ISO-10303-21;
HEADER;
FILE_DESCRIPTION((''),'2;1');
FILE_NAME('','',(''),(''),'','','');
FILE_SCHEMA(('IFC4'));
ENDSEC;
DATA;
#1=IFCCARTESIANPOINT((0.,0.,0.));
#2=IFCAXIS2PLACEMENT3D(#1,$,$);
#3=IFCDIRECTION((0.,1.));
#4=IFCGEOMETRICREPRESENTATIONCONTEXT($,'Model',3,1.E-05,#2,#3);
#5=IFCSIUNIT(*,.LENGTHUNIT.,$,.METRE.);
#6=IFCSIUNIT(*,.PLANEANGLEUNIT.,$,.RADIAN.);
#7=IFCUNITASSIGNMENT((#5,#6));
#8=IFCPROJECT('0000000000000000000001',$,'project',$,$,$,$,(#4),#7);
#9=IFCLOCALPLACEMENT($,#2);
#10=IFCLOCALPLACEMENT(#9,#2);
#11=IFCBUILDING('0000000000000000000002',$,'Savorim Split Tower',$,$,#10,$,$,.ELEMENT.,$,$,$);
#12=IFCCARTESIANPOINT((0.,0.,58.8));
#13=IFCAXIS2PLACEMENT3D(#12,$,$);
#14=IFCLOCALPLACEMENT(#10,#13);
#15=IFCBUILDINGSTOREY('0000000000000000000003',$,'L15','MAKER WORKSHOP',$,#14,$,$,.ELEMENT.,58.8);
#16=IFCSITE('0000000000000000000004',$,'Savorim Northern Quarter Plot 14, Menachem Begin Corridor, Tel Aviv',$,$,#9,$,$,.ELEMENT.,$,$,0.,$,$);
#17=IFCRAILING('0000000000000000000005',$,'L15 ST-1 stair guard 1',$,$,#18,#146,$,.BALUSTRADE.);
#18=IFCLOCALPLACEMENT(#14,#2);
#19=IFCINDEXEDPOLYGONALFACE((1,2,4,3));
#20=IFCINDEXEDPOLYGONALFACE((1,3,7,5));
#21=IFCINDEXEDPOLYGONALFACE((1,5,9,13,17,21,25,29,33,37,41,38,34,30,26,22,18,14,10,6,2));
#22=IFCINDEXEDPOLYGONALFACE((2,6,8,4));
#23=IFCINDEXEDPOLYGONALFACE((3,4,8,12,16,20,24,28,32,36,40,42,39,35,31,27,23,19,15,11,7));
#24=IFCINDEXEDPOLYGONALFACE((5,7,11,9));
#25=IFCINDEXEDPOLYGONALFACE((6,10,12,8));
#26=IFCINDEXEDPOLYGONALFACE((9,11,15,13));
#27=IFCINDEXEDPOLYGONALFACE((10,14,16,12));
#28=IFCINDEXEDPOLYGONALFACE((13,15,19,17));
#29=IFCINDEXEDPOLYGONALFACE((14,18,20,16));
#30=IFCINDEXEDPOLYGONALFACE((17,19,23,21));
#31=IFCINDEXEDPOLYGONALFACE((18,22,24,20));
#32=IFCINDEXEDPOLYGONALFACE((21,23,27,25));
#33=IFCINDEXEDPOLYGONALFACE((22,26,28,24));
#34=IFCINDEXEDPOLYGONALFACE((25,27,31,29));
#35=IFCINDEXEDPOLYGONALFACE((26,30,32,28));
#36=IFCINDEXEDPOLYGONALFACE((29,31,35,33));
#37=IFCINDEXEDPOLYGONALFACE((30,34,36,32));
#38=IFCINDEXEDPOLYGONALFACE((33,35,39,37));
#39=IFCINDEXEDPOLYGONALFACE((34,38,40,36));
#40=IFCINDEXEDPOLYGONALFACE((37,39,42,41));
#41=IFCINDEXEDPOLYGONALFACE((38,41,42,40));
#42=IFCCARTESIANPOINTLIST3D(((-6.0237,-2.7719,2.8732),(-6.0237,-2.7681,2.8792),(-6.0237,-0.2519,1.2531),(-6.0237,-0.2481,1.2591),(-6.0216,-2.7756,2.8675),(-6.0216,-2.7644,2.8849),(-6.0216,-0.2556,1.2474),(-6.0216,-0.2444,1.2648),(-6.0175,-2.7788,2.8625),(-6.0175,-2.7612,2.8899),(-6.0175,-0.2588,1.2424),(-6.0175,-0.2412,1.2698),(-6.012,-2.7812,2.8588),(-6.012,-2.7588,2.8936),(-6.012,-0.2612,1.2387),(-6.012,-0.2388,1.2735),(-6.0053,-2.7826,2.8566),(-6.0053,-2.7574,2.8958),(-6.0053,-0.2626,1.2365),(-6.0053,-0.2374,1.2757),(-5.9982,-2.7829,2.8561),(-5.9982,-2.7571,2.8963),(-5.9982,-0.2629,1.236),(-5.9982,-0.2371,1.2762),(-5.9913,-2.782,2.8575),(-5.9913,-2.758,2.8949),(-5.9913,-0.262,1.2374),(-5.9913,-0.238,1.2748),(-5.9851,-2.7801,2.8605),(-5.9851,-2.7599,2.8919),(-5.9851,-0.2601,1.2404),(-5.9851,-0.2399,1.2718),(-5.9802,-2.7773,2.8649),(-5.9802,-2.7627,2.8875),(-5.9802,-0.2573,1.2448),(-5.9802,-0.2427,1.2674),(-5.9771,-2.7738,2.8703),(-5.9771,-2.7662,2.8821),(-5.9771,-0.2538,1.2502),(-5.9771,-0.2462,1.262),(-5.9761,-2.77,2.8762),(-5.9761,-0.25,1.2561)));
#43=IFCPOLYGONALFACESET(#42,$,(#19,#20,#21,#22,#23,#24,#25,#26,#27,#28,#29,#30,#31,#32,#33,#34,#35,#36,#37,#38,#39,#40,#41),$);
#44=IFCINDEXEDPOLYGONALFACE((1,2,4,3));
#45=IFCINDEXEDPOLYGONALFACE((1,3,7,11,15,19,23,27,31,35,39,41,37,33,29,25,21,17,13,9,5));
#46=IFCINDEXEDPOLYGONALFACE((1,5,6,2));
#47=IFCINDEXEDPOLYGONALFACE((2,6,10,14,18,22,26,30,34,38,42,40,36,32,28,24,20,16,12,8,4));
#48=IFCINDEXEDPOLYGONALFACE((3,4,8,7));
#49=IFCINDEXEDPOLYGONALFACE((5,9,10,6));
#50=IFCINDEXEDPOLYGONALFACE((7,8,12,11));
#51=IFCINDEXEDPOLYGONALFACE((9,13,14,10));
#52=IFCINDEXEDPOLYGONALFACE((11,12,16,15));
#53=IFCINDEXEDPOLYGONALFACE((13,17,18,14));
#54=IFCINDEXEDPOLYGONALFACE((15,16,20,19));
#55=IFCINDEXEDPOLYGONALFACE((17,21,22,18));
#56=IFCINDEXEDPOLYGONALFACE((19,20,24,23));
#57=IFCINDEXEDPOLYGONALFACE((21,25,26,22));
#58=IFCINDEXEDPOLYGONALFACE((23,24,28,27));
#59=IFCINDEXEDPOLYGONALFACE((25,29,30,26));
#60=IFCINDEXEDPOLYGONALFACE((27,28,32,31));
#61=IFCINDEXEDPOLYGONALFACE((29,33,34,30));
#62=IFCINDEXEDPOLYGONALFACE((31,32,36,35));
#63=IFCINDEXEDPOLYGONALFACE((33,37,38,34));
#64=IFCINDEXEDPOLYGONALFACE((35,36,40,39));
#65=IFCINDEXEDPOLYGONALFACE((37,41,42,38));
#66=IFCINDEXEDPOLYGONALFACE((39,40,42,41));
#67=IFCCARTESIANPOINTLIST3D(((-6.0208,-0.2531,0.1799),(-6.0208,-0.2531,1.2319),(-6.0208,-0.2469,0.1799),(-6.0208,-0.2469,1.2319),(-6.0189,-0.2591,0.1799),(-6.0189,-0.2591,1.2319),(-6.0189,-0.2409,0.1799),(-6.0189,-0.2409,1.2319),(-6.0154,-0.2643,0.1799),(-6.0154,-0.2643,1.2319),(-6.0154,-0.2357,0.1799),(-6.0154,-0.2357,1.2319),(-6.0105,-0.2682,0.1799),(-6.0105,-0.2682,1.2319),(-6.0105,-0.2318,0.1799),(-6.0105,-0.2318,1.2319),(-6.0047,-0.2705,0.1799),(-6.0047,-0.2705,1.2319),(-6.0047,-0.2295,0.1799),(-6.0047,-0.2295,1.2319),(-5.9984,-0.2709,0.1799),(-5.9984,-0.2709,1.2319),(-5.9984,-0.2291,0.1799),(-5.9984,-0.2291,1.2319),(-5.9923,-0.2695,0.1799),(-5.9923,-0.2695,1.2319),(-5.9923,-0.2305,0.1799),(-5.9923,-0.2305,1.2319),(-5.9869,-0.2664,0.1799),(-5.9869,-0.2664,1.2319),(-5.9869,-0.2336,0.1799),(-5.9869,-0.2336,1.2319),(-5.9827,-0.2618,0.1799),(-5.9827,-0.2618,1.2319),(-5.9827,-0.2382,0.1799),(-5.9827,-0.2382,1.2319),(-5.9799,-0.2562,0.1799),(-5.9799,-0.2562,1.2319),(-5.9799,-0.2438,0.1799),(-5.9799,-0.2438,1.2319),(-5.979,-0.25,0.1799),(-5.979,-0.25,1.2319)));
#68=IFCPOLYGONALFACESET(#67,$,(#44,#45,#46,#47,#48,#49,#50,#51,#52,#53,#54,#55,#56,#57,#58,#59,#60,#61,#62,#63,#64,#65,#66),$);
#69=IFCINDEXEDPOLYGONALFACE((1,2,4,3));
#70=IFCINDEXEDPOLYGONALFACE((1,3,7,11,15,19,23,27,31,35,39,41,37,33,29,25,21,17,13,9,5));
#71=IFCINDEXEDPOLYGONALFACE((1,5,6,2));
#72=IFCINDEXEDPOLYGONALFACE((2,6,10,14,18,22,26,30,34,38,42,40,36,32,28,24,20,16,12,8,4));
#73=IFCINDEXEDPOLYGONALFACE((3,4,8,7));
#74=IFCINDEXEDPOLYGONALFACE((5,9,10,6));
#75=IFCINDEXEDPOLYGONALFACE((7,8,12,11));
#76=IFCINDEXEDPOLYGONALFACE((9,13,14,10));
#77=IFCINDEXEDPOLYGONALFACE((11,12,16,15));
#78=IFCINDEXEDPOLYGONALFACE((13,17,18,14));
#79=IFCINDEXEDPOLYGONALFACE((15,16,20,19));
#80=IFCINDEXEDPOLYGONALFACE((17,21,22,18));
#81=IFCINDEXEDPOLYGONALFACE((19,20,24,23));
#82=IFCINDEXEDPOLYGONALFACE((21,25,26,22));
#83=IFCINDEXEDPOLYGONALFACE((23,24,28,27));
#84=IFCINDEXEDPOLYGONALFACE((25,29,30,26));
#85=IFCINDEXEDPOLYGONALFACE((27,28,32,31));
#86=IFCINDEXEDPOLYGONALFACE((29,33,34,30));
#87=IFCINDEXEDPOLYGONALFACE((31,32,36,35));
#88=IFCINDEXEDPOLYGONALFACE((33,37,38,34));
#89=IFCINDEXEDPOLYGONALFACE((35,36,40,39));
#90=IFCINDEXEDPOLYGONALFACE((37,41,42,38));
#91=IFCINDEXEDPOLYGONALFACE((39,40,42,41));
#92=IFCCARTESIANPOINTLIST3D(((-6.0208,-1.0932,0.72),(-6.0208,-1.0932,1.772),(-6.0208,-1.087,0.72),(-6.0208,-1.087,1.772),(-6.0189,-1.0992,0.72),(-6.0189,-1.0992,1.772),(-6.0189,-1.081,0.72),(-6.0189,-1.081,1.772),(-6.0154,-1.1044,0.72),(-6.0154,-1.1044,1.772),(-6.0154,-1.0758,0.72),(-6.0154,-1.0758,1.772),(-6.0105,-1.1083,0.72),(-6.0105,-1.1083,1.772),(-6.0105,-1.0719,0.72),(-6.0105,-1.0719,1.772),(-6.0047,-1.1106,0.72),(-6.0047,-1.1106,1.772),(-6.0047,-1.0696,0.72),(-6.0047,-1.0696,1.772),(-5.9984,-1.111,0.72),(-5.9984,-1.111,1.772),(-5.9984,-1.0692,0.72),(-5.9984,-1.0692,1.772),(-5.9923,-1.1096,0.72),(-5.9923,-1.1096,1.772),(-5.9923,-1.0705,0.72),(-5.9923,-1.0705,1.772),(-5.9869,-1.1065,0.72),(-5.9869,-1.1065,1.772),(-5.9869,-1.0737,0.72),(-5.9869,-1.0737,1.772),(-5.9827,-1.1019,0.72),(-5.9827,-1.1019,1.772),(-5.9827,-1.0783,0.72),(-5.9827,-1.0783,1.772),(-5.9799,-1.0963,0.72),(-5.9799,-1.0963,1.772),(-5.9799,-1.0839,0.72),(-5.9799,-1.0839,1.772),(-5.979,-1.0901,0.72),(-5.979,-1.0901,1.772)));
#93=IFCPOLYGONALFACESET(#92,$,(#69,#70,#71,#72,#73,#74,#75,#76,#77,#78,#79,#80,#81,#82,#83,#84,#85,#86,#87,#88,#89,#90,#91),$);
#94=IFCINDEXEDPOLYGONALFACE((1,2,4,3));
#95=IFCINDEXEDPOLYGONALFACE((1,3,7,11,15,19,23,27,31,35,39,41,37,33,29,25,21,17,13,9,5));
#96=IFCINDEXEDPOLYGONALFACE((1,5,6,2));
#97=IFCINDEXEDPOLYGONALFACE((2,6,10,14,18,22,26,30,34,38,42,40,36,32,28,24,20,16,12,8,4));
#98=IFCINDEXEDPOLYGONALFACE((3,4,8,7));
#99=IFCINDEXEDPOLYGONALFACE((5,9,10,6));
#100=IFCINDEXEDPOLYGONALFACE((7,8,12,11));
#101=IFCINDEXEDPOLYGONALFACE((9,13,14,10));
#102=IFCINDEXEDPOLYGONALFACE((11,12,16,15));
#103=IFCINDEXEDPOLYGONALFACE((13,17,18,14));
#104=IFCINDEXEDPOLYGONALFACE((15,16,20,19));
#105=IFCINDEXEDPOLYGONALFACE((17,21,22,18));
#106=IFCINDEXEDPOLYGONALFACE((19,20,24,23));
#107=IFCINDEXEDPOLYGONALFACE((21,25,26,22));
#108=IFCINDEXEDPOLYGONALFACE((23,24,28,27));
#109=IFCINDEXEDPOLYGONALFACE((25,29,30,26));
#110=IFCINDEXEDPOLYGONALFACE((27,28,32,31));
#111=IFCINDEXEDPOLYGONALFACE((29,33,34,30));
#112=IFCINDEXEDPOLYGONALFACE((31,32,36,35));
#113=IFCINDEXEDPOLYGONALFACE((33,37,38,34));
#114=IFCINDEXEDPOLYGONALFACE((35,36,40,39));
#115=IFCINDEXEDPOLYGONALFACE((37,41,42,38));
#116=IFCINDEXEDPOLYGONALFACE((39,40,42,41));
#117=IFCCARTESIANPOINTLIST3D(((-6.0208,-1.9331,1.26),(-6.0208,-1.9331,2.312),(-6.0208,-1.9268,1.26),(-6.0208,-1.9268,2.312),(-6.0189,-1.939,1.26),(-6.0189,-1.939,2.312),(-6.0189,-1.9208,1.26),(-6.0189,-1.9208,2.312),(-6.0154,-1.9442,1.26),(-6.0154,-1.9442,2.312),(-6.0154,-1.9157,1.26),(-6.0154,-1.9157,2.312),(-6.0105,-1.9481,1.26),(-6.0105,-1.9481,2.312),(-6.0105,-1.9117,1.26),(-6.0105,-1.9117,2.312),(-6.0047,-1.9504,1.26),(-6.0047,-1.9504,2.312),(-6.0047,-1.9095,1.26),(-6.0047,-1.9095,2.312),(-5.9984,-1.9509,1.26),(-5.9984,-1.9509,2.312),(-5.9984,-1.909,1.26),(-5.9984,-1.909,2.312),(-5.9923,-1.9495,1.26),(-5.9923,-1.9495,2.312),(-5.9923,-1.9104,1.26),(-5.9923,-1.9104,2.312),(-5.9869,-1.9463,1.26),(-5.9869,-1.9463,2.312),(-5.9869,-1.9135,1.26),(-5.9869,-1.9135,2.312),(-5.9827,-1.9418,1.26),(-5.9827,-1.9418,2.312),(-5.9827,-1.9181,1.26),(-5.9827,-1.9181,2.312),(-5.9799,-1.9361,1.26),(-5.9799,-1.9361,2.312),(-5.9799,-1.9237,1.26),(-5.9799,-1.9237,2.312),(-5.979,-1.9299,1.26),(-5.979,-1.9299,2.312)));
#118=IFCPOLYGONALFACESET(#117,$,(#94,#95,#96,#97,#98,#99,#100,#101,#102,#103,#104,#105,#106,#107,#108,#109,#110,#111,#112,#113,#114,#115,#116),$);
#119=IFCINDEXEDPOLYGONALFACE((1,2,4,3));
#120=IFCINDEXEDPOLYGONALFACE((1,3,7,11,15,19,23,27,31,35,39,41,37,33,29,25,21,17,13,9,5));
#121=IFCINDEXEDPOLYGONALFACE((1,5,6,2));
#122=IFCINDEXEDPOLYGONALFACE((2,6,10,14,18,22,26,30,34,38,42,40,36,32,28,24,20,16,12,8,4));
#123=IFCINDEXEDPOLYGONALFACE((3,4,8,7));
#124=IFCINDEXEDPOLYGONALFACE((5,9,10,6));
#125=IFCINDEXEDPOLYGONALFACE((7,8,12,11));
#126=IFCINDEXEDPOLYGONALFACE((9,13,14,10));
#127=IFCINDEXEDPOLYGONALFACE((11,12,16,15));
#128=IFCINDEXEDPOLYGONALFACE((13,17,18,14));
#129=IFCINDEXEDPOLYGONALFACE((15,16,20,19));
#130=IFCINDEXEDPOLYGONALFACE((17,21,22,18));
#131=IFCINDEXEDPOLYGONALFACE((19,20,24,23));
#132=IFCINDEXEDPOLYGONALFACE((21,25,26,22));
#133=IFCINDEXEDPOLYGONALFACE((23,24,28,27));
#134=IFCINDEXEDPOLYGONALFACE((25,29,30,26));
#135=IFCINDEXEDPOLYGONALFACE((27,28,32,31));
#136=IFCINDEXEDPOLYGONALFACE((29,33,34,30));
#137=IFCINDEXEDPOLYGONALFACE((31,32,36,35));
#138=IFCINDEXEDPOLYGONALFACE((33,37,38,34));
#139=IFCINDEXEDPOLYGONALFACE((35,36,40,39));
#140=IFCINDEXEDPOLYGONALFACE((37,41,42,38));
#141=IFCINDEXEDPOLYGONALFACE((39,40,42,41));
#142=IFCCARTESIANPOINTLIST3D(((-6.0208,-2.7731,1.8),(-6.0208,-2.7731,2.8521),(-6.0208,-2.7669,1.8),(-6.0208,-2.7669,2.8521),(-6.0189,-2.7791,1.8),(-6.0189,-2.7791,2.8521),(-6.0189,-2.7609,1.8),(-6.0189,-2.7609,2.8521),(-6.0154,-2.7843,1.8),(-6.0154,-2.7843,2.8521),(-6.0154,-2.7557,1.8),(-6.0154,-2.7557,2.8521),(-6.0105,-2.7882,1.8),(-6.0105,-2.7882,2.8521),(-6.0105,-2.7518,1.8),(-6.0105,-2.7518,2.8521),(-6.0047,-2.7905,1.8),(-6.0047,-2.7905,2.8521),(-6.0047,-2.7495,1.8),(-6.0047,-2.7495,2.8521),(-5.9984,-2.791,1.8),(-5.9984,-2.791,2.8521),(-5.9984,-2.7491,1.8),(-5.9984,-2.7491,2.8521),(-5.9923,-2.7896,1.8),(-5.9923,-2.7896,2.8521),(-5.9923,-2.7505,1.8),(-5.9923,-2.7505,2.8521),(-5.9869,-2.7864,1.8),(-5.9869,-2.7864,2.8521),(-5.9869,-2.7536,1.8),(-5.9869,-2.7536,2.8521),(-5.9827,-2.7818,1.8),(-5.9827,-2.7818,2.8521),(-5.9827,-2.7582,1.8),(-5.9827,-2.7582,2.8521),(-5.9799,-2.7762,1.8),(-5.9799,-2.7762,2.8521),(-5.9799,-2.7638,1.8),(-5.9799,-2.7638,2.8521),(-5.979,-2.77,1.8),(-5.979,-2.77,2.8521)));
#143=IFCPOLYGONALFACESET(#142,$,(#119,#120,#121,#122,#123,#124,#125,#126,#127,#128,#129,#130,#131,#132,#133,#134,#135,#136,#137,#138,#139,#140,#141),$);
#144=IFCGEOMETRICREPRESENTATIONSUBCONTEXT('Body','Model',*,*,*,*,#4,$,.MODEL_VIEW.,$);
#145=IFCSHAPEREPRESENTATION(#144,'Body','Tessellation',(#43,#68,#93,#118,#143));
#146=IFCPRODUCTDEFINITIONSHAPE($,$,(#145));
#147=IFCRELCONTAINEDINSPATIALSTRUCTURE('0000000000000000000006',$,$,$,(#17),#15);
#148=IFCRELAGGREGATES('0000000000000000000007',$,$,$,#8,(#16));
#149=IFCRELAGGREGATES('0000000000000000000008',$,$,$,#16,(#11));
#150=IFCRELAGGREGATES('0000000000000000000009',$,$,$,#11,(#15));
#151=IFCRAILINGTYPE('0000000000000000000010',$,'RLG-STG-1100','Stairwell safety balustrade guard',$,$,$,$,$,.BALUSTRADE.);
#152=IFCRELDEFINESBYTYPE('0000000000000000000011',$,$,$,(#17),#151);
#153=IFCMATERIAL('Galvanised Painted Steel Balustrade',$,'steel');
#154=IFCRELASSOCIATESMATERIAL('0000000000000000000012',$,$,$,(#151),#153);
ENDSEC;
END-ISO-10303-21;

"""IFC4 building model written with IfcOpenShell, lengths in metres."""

from ifc_helpers import new_model, si_unit, direction, frame, origin, origin_2d, place, context, subcontext, project, spatial, circle, extrude, material, type_object, element, save


model = new_model("IFC4")

# Units and contexts
model_context = context("Model", 3, precision=1e-05, world=origin(), true_north=direction((0.0, 1.0)))
body_context = subcontext(model_context, "Body", "Model", "MODEL_VIEW")
ifc_project = project(units=[si_unit("LENGTHUNIT", "METRE"), si_unit("PLANEANGLEUNIT", "RADIAN")], contexts=[model_context])

# Site, building, storey
site_placement = place(None, origin())
site = spatial("IfcSite", under=ifc_project, at=site_placement, Name="Savorim Northern Quarter Plot 14, Menachem Begin Corridor, Tel Aviv", CompositionType="ELEMENT", RefElevation=0.0)
building_placement = place(site_placement, origin())
building = spatial("IfcBuilding", under=site, at=building_placement, Name="Savorim Split Tower", CompositionType="ELEMENT")
storey_placement = place(building_placement, frame((0.0, 0.0, 58.8)))
storey = spatial("IfcBuildingStorey", under=building, at=storey_placement, Name="L15", Description="MAKER WORKSHOP", CompositionType="ELEMENT", Elevation=58.8)

# Railing
ifc_material_1 = material(Name="Galvanised Painted Steel Balustrade", Category="steel")
railing_type_1 = type_object("IfcRailingType", Name="RLG-STG-1100", Description="Stairwell safety balustrade guard", PredefinedType="BALUSTRADE", material=ifc_material_1)
railing_1_placement = place(storey_placement, frame((-6.0, -0.25, 0.1799)))
element("IfcRailing", 1, at=railing_1_placement, inside=storey, type_object=railing_type_1, Name="L15 ST-1 stair guard 1", PredefinedType="BALUSTRADE", context=body_context, shape_type="SweptSolid", body=[
    extrude(circle(Radius=0.0239, at=origin_2d()), frame((0.0, 0.0, 1.0762), z_axis=(0.0, -0.841163, 0.540782), x_axis=(1.0, 0.0, 0.0)), (0.0, 0.0, 1.0), 2.9958),
    extrude(circle(Radius=0.021, at=origin_2d()), origin(), (0.0, 0.0, 1.0), 1.052),
    extrude(circle(Radius=0.021, at=origin_2d()), frame((0.0, -0.8401, 0.54)), (0.0, 0.0, 1.0), 1.052),
    extrude(circle(Radius=0.021, at=origin_2d()), frame((0.0, -1.6799, 1.0801)), (0.0, 0.0, 1.0), 1.052),
    extrude(circle(Radius=0.021, at=origin_2d()), frame((0.0, -2.52, 1.6201)), (0.0, 0.0, 1.0), 1.052),
])

save(model, "model.ifc")
